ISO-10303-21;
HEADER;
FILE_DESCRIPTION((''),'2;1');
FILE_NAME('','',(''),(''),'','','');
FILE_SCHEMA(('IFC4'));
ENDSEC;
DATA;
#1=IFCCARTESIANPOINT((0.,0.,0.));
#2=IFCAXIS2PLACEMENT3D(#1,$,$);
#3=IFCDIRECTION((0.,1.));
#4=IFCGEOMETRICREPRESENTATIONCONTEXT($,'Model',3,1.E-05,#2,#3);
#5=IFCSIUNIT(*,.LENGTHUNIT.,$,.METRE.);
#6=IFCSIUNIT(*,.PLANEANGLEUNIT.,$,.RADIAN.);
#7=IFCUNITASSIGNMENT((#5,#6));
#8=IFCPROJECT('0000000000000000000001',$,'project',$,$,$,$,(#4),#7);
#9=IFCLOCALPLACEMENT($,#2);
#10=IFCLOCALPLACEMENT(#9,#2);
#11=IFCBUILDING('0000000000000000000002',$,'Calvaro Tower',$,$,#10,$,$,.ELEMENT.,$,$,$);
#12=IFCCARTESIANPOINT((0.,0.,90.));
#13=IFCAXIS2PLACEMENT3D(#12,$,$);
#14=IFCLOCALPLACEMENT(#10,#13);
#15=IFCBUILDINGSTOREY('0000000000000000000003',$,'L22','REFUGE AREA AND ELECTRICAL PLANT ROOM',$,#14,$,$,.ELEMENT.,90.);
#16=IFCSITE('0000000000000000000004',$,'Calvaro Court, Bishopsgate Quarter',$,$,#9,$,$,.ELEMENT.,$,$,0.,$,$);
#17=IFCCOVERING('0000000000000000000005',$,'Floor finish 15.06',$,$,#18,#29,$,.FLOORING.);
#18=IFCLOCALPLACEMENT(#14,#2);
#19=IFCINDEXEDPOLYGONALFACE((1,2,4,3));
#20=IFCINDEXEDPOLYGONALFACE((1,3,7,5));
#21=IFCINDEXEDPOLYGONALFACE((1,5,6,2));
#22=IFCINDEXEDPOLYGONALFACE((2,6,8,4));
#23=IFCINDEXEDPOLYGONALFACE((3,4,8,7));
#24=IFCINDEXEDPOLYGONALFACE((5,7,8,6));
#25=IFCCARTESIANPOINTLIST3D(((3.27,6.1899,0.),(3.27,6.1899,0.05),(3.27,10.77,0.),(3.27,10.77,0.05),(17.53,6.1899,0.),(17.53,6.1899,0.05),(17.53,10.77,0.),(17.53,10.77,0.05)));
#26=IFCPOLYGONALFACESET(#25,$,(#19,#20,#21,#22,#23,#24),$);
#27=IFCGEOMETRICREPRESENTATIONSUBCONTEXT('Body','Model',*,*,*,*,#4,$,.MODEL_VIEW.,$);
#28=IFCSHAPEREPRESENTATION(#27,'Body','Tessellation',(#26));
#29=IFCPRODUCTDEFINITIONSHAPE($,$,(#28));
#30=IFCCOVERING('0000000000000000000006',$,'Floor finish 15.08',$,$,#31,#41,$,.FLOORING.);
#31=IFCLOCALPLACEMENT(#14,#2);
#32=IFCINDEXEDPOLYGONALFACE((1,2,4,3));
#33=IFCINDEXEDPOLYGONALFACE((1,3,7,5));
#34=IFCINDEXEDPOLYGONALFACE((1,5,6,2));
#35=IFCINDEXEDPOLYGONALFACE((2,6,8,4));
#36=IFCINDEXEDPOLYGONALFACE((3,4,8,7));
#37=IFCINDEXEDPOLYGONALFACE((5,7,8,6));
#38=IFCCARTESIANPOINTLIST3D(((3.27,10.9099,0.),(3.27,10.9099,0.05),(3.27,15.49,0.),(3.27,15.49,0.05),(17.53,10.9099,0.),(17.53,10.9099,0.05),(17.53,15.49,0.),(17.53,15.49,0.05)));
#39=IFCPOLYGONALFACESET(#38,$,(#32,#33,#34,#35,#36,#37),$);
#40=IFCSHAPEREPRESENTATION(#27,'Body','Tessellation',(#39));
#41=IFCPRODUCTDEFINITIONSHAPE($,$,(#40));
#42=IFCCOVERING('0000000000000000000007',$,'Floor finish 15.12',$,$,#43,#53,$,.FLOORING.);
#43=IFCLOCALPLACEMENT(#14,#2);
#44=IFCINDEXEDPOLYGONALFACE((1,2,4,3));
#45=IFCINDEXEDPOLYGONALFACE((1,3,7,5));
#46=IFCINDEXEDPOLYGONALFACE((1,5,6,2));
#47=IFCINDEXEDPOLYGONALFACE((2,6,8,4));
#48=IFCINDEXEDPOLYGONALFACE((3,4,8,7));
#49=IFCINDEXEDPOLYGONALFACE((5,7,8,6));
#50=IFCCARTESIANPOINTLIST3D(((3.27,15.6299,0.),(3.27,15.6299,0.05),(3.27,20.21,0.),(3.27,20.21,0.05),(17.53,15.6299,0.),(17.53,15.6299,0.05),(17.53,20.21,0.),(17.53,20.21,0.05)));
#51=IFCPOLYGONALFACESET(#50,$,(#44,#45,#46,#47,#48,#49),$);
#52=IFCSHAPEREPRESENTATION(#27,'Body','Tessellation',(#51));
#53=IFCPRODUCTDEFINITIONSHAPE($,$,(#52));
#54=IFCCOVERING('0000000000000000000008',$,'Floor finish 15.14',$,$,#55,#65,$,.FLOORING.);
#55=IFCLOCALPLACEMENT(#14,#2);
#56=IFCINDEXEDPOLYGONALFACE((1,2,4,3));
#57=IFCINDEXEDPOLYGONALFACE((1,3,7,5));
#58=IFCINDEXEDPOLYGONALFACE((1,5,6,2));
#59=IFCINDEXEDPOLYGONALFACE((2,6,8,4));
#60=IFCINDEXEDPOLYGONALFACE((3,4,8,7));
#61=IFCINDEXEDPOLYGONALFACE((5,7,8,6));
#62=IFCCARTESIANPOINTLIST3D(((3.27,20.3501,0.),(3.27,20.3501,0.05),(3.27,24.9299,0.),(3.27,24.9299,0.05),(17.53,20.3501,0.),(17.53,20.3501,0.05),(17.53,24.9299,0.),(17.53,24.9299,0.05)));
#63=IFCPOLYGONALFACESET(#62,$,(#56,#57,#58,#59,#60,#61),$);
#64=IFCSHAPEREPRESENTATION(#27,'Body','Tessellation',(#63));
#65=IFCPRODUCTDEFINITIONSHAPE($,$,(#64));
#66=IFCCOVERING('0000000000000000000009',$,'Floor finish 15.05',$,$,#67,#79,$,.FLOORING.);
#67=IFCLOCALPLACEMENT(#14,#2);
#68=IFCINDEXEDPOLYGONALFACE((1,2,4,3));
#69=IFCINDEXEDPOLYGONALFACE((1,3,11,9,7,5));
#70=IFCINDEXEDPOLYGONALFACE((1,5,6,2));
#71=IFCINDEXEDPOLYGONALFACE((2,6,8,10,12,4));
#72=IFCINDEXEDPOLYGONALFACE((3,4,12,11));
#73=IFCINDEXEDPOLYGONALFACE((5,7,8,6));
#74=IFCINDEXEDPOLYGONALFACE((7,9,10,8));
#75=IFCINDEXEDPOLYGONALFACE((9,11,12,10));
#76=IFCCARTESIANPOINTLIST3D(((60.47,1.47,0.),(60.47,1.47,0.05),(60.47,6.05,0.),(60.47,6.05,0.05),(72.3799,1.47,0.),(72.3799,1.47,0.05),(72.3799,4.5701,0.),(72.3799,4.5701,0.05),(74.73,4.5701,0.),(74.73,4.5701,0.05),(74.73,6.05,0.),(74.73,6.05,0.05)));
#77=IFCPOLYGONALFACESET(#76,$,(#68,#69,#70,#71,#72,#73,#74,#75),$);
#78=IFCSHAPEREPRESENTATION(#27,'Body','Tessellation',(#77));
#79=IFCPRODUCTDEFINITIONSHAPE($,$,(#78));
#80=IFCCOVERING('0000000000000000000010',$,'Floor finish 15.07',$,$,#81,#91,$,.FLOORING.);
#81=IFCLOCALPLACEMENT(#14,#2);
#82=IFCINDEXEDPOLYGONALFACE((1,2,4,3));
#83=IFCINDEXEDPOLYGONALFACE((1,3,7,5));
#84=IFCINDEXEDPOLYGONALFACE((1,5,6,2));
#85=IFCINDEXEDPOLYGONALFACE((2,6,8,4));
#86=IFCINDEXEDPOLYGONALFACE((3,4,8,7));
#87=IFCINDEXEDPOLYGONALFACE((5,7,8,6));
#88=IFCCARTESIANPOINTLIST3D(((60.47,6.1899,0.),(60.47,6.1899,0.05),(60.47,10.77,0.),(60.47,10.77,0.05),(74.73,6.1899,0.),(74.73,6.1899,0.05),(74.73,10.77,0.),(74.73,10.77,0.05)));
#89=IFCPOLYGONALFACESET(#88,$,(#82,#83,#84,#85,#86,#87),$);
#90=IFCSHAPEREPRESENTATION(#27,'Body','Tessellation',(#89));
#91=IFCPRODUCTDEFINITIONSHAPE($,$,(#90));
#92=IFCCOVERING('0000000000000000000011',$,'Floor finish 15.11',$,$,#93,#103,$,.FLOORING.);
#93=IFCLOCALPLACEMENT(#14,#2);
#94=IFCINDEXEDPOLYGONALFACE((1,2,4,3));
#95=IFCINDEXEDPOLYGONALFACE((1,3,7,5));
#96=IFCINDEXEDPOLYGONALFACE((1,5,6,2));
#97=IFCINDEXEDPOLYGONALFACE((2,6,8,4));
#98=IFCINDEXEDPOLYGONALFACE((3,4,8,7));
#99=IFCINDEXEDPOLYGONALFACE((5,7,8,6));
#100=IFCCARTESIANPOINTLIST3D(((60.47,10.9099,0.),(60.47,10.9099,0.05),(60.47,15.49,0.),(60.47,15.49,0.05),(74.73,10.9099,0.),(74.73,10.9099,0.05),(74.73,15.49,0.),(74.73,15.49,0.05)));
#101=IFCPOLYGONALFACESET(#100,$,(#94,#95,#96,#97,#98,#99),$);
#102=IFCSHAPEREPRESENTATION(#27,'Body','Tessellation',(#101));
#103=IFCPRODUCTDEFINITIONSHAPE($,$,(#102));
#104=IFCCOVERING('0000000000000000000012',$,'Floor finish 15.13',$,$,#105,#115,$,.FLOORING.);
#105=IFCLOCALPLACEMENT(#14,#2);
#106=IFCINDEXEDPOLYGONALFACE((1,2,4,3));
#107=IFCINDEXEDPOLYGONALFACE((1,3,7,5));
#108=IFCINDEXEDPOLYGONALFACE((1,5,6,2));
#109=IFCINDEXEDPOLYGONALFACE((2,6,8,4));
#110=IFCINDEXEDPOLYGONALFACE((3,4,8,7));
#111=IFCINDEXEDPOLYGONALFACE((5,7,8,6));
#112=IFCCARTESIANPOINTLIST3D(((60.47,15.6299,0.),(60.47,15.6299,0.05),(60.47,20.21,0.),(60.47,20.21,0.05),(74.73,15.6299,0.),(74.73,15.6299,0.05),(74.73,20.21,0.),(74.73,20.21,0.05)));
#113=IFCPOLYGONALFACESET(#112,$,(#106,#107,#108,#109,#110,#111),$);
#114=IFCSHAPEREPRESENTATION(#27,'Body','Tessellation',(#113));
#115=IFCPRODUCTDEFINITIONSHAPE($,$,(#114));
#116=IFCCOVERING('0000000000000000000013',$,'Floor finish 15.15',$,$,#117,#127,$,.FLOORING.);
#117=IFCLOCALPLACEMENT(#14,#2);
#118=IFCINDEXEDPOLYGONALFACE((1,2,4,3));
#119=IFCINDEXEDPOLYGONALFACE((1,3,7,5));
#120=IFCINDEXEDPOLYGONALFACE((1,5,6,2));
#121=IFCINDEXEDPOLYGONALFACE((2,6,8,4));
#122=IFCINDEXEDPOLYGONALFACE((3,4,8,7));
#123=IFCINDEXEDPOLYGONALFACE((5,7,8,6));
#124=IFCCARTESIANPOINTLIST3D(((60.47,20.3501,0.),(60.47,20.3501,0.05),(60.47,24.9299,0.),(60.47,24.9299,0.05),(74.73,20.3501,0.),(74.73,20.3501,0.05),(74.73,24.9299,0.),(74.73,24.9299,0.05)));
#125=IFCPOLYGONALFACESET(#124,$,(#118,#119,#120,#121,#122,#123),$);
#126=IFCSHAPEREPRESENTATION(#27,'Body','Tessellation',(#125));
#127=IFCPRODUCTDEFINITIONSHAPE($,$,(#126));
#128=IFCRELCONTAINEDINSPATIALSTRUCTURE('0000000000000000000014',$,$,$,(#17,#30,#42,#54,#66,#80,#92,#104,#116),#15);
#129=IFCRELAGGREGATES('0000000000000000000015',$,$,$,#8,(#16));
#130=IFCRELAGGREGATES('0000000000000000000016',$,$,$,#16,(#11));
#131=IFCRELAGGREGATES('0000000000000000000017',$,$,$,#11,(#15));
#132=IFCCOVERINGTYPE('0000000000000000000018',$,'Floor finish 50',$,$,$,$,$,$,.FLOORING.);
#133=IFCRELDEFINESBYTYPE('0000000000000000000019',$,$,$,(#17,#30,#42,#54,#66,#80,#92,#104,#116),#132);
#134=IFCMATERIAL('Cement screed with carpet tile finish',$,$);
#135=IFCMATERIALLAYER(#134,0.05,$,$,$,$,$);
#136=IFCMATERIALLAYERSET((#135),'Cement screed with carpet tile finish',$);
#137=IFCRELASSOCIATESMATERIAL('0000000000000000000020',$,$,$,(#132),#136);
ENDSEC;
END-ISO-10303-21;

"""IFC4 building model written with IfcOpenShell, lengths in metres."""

from ifc_helpers import new_model, si_unit, direction, frame, origin, place, context, subcontext, project, spatial, polyline, outline, extrude, material, layer, layer_set, type_object, element, save


model = new_model("IFC4")

# Units and contexts
model_context = context("Model", 3, precision=1e-05, world=origin(), true_north=direction((0.0, 1.0)))
body_context = subcontext(model_context, "Body", "Model", "MODEL_VIEW")
ifc_project = project(units=[si_unit("LENGTHUNIT", "METRE"), si_unit("PLANEANGLEUNIT", "RADIAN")], contexts=[model_context])

# Site, building, storey
site_placement = place(None, origin())
site = spatial("IfcSite", under=ifc_project, at=site_placement, Name="Calvaro Court, Bishopsgate Quarter", CompositionType="ELEMENT", RefElevation=0.0)
building_placement = place(site_placement, origin())
building = spatial("IfcBuilding", under=site, at=building_placement, Name="Calvaro Tower", CompositionType="ELEMENT")
storey_placement = place(building_placement, frame((0.0, 0.0, 90.0)))
storey = spatial("IfcBuildingStorey", under=building, at=storey_placement, Name="L22", Description="REFUGE AREA AND ELECTRICAL PLANT ROOM", CompositionType="ELEMENT", Elevation=90.0)

# Coverings
ifc_material_1 = material(Name="Cement screed with carpet tile finish")
ifc_layer_1 = layer(ifc_material_1, 0.05)
ifc_layer_set_1 = layer_set([ifc_layer_1], Name="Cement screed with carpet tile finish")
covering_type = type_object("IfcCoveringType", Name="Floor finish 50", PredefinedType="FLOORING", material=ifc_layer_set_1)
covering_1_placement = place(storey_placement, origin())
element("IfcCovering", 1, at=covering_1_placement, inside=storey, type_object=covering_type, Name="Floor finish 15.06", PredefinedType="FLOORING", context=body_context, shape_type="SweptSolid", body=[
    extrude(outline(polyline([(3.27, 6.1899), (3.27, 10.77), (17.53, 10.77), (17.53, 6.1899), (3.27, 6.1899)])), origin(), (0.0, 0.0, 1.0), 0.05),
])
covering_2_placement = place(storey_placement, origin())
element("IfcCovering", 2, at=covering_2_placement, inside=storey, type_object=covering_type, Name="Floor finish 15.08", PredefinedType="FLOORING", context=body_context, shape_type="SweptSolid", body=[
    extrude(outline(polyline([(3.27, 10.9099), (3.27, 15.49), (17.53, 15.49), (17.53, 10.9099), (3.27, 10.9099)])), origin(), (0.0, 0.0, 1.0), 0.05),
])
covering_3_placement = place(storey_placement, origin())
element("IfcCovering", 3, at=covering_3_placement, inside=storey, type_object=covering_type, Name="Floor finish 15.12", PredefinedType="FLOORING", context=body_context, shape_type="SweptSolid", body=[
    extrude(outline(polyline([(3.27, 15.6299), (3.27, 20.21), (17.53, 20.21), (17.53, 15.6299), (3.27, 15.6299)])), origin(), (0.0, 0.0, 1.0), 0.05),
])
covering_4_placement = place(storey_placement, origin())
element("IfcCovering", 4, at=covering_4_placement, inside=storey, type_object=covering_type, Name="Floor finish 15.14", PredefinedType="FLOORING", context=body_context, shape_type="SweptSolid", body=[
    extrude(outline(polyline([(3.27, 20.3501), (3.27, 24.9299), (17.53, 24.9299), (17.53, 20.3501), (3.27, 20.3501)])), origin(), (0.0, 0.0, 1.0), 0.05),
])
covering_5_placement = place(storey_placement, origin())
element("IfcCovering", 5, at=covering_5_placement, inside=storey, type_object=covering_type, Name="Floor finish 15.05", PredefinedType="FLOORING", context=body_context, shape_type="SweptSolid", body=[
    extrude(outline(polyline([(60.47, 6.05), (74.73, 6.05), (74.73, 4.5701), (72.3799, 4.5701), (72.3799, 1.47), (60.47, 1.47), (60.47, 6.05)])), origin(), (0.0, 0.0, 1.0), 0.05),
])
covering_6_placement = place(storey_placement, origin())
element("IfcCovering", 6, at=covering_6_placement, inside=storey, type_object=covering_type, Name="Floor finish 15.07", PredefinedType="FLOORING", context=body_context, shape_type="SweptSolid", body=[
    extrude(outline(polyline([(60.47, 6.1899), (60.47, 10.77), (74.73, 10.77), (74.73, 6.1899), (60.47, 6.1899)])), origin(), (0.0, 0.0, 1.0), 0.05),
])
covering_7_placement = place(storey_placement, origin())
element("IfcCovering", 7, at=covering_7_placement, inside=storey, type_object=covering_type, Name="Floor finish 15.11", PredefinedType="FLOORING", context=body_context, shape_type="SweptSolid", body=[
    extrude(outline(polyline([(60.47, 10.9099), (60.47, 15.49), (74.73, 15.49), (74.73, 10.9099), (60.47, 10.9099)])), origin(), (0.0, 0.0, 1.0), 0.05),
])
covering_8_placement = place(storey_placement, origin())
element("IfcCovering", 8, at=covering_8_placement, inside=storey, type_object=covering_type, Name="Floor finish 15.13", PredefinedType="FLOORING", context=body_context, shape_type="SweptSolid", body=[
    extrude(outline(polyline([(60.47, 15.6299), (60.47, 20.21), (74.73, 20.21), (74.73, 15.6299), (60.47, 15.6299)])), origin(), (0.0, 0.0, 1.0), 0.05),
])
covering_9_placement = place(storey_placement, origin())
element("IfcCovering", 9, at=covering_9_placement, inside=storey, type_object=covering_type, Name="Floor finish 15.15", PredefinedType="FLOORING", context=body_context, shape_type="SweptSolid", body=[
    extrude(outline(polyline([(60.47, 20.3501), (60.47, 24.9299), (74.73, 24.9299), (74.73, 20.3501), (60.47, 20.3501)])), origin(), (0.0, 0.0, 1.0), 0.05),
])

save(model, "model.ifc")
